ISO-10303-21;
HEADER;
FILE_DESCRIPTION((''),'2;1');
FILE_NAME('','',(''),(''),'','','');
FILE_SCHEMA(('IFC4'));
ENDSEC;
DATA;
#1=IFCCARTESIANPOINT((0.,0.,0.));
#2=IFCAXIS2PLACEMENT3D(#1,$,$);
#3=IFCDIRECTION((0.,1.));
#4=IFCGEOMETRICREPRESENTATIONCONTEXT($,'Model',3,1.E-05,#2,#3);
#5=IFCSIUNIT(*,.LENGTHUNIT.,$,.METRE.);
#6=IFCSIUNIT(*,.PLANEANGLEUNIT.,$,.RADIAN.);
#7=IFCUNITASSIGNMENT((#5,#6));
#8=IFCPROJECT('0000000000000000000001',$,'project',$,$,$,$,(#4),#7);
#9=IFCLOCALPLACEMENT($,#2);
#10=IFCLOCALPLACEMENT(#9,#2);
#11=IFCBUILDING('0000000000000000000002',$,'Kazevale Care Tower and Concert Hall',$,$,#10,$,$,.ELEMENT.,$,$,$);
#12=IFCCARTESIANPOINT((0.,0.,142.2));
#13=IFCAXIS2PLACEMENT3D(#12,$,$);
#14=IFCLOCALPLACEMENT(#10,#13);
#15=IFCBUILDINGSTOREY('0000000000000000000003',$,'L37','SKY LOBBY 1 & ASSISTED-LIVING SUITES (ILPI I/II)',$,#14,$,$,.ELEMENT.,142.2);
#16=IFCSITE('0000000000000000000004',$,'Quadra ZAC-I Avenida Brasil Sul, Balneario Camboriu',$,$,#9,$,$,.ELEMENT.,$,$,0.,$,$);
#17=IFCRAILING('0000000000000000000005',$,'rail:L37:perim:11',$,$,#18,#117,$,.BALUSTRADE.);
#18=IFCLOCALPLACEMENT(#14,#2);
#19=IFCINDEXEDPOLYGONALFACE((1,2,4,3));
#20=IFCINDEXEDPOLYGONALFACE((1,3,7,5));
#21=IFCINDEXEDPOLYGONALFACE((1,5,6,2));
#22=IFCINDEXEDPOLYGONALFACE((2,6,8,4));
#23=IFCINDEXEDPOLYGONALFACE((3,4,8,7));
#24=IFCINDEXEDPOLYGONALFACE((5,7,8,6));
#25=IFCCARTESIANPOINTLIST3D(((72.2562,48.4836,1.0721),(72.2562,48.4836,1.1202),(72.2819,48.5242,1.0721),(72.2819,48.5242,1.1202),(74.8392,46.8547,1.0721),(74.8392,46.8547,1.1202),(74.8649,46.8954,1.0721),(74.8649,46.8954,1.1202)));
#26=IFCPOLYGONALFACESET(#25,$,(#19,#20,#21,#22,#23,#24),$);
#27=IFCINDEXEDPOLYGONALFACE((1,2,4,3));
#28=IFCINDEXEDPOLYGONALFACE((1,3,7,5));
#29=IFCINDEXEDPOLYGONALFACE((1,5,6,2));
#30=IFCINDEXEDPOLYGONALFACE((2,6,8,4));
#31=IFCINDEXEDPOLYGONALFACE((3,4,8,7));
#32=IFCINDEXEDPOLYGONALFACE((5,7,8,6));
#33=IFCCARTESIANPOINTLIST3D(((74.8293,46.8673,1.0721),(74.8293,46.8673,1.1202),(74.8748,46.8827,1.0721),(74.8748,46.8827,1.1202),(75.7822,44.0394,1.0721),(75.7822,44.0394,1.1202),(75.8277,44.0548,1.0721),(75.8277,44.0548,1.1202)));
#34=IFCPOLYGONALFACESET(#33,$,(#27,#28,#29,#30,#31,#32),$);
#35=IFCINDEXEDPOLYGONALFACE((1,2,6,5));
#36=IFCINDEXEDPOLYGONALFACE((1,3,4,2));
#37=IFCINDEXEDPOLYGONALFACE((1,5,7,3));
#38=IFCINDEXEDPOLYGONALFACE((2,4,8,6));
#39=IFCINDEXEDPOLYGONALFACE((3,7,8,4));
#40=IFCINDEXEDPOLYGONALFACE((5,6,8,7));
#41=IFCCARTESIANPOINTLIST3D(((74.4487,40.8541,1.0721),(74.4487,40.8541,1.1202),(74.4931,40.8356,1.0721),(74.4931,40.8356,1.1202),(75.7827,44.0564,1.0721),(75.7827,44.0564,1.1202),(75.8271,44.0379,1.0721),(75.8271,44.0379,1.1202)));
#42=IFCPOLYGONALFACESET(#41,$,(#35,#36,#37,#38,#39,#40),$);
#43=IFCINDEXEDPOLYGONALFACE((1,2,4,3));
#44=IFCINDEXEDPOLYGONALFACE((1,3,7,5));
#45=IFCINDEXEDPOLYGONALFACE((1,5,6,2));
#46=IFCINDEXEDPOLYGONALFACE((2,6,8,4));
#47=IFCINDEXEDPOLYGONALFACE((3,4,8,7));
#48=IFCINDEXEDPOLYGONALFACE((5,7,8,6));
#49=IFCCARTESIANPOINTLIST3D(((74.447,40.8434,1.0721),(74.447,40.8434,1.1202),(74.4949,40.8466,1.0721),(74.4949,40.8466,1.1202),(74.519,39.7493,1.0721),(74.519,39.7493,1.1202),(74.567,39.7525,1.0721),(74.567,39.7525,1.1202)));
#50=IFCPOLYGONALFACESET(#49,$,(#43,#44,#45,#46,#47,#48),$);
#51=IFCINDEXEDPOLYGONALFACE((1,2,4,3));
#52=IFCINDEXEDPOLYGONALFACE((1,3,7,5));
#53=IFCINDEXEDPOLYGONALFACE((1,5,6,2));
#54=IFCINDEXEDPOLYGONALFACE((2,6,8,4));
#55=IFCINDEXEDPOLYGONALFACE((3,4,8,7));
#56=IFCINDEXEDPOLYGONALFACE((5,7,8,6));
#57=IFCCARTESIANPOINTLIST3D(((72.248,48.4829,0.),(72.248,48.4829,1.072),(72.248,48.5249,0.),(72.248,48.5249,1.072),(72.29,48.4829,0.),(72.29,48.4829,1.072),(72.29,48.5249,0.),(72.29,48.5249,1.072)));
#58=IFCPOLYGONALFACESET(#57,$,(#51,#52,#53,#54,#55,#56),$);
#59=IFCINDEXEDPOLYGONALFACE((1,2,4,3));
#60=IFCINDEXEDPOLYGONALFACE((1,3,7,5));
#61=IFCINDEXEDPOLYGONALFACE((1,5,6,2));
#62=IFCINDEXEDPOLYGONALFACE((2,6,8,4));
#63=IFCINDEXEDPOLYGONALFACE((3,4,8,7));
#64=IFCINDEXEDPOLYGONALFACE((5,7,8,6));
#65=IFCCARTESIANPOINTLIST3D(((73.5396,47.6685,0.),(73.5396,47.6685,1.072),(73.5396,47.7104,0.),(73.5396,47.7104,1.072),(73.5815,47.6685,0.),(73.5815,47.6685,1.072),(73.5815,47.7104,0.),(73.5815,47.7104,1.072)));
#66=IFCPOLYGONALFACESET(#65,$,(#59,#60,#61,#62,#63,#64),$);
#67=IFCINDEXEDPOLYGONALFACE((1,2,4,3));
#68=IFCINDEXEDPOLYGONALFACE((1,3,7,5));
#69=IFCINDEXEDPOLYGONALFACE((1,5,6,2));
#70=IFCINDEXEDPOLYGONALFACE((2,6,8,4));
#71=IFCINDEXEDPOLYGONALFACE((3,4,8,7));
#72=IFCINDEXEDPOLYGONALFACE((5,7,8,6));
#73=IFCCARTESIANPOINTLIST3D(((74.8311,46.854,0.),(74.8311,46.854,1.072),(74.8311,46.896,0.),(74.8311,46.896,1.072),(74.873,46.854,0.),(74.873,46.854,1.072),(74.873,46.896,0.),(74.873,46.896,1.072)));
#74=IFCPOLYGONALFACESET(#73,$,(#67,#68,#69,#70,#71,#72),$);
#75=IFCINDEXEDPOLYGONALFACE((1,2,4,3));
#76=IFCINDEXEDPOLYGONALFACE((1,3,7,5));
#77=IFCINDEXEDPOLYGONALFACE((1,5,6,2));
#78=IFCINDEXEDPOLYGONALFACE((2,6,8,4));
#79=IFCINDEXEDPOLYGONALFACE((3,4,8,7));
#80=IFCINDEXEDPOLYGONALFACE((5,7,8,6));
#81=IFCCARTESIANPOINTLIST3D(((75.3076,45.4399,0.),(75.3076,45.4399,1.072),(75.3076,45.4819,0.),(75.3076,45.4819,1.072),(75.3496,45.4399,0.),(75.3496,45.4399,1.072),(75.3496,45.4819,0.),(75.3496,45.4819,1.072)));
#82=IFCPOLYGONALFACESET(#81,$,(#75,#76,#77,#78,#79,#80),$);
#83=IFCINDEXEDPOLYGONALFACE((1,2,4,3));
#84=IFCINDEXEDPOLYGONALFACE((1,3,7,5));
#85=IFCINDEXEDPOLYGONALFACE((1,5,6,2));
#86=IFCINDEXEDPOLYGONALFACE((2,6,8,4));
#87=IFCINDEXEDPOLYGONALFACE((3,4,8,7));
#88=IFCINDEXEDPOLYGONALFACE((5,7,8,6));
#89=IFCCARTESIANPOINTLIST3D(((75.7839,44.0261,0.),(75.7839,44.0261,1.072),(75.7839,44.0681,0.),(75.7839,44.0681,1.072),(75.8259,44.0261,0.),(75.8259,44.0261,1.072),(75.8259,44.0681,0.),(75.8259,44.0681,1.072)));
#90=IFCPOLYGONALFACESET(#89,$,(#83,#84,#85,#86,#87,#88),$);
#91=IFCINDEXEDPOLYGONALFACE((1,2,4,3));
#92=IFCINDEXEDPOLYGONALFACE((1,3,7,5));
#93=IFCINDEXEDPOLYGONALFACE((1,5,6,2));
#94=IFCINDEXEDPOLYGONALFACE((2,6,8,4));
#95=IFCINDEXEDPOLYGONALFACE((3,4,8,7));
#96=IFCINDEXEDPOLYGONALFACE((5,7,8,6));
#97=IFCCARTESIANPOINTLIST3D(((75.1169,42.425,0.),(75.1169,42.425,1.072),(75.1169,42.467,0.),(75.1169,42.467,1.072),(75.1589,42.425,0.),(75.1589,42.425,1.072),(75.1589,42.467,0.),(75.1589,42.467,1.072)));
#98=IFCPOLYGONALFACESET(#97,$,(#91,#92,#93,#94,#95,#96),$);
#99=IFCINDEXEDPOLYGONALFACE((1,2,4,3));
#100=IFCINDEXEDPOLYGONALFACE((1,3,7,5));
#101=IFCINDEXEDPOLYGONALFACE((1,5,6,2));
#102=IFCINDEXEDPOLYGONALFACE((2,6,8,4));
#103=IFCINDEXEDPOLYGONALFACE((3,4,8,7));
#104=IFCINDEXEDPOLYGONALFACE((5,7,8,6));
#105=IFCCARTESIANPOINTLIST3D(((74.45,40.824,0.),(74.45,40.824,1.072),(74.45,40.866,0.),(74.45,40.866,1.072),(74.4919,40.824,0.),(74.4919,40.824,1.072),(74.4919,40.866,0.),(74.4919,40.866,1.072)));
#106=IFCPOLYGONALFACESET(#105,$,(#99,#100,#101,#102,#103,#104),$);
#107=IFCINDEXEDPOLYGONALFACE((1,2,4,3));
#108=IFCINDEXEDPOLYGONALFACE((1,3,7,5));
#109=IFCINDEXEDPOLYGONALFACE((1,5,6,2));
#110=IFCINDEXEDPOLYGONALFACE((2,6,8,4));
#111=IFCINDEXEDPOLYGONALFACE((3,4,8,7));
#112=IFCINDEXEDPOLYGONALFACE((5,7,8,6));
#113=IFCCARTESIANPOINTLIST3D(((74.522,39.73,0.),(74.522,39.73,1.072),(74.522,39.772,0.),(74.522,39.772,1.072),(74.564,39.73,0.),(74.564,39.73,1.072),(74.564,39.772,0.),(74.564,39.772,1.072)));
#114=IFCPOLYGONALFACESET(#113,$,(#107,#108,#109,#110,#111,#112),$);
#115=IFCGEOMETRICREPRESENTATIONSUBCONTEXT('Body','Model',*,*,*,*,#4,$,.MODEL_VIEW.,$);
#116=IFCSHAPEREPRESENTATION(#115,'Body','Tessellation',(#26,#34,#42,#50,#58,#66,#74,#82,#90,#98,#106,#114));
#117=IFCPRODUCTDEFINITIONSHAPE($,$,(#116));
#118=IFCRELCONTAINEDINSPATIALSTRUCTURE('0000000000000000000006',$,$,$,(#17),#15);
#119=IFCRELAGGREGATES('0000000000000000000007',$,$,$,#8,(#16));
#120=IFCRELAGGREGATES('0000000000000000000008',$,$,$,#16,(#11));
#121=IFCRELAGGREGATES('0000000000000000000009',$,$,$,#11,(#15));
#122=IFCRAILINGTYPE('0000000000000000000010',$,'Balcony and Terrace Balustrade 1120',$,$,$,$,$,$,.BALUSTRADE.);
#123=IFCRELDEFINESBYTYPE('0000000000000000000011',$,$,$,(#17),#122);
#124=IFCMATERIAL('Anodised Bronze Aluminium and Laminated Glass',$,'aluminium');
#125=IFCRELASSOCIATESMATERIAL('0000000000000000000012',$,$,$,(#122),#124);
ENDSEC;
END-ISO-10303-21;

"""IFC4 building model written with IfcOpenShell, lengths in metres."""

from ifc_helpers import new_model, si_unit, direction, frame, origin, origin_2d, place, context, subcontext, project, spatial, rectangle, extrude, material, type_object, element, save


model = new_model("IFC4")

# Units and contexts
model_context = context("Model", 3, precision=1e-05, world=origin(), true_north=direction((0.0, 1.0)))
body_context = subcontext(model_context, "Body", "Model", "MODEL_VIEW")
ifc_project = project(units=[si_unit("LENGTHUNIT", "METRE"), si_unit("PLANEANGLEUNIT", "RADIAN")], contexts=[model_context])

# Site, building, storey
site_placement = place(None, origin())
site = spatial("IfcSite", under=ifc_project, at=site_placement, Name="Quadra ZAC-I Avenida Brasil Sul, Balneario Camboriu", CompositionType="ELEMENT", RefElevation=0.0)
building_placement = place(site_placement, origin())
building = spatial("IfcBuilding", under=site, at=building_placement, Name="Kazevale Care Tower and Concert Hall", CompositionType="ELEMENT")
storey_placement = place(building_placement, frame((0.0, 0.0, 142.2)))
storey = spatial("IfcBuildingStorey", under=building, at=storey_placement, Name="L37", Description="SKY LOBBY 1 & ASSISTED-LIVING SUITES (ILPI I/II)", CompositionType="ELEMENT", Elevation=142.2)

# Railing
ifc_material_1 = material(Name="Anodised Bronze Aluminium and Laminated Glass", Category="aluminium")
railing_type = type_object("IfcRailingType", Name="Balcony and Terrace Balustrade 1120", PredefinedType="BALUSTRADE", material=ifc_material_1)
railing_1_placement = place(storey_placement, frame((72.269, 48.5039, 0.0)))
element("IfcRailing", 1, at=railing_1_placement, inside=storey, type_object=railing_type, Name="rail:L37:perim:11", PredefinedType="BALUSTRADE", context=body_context, shape_type="SweptSolid", body=[
    extrude(rectangle(XDim=0.0481, YDim=0.0481, at=origin_2d()), frame((0.0, 0.0, 1.0962), z_axis=(0.845853, -0.533415, 0.0), x_axis=(0.533415, 0.845853, 0.0)), (0.0, 0.0, 1.0), 3.0537),
    extrude(rectangle(XDim=0.0481, YDim=0.0481, at=origin_2d()), frame((2.583, -1.6289, 1.0962), z_axis=(0.319319, -0.947647, 0.0), x_axis=(0.947647, 0.319319, 0.0)), (0.0, 0.0, 1.0), 2.9841),
    extrude(rectangle(XDim=0.0481, YDim=0.0481, at=origin_2d()), frame((3.5359, -4.4568, 1.0962), z_axis=(-0.384555, -0.923102, 0.0), x_axis=(0.923102, -0.384555, 0.0)), (0.0, 0.0, 1.0), 3.469),
    extrude(rectangle(XDim=0.0481, YDim=0.0481, at=origin_2d()), frame((2.2019, -7.6589, 1.0962), z_axis=(0.065691, -0.99784, 0.0), x_axis=(0.99784, 0.065691, 0.0)), (0.0, 0.0, 1.0), 1.0964),
    extrude(rectangle(XDim=0.042, YDim=0.042, at=origin_2d()), origin(), (0.0, 0.0, 1.0), 1.072),
    extrude(rectangle(XDim=0.042, YDim=0.042, at=origin_2d()), frame((1.2915, -0.8145, 0.0)), (0.0, 0.0, 1.0), 1.072),
    extrude(rectangle(XDim=0.042, YDim=0.042, at=origin_2d()), frame((2.583, -1.6289, 0.0)), (0.0, 0.0, 1.0), 1.072),
    extrude(rectangle(XDim=0.042, YDim=0.042, at=origin_2d()), frame((3.0596, -3.043, 0.0)), (0.0, 0.0, 1.0), 1.072),
    extrude(rectangle(XDim=0.042, YDim=0.042, at=origin_2d()), frame((3.5359, -4.4568, 0.0)), (0.0, 0.0, 1.0), 1.072),
    extrude(rectangle(XDim=0.042, YDim=0.042, at=origin_2d()), frame((2.8689, -6.0579, 0.0)), (0.0, 0.0, 1.0), 1.072),
    extrude(rectangle(XDim=0.042, YDim=0.042, at=origin_2d()), frame((2.2019, -7.6589, 0.0)), (0.0, 0.0, 1.0), 1.072),
    extrude(rectangle(XDim=0.042, YDim=0.042, at=origin_2d()), frame((2.2739, -8.7529, 0.0)), (0.0, 0.0, 1.0), 1.072),
])

save(model, "model.ifc")
